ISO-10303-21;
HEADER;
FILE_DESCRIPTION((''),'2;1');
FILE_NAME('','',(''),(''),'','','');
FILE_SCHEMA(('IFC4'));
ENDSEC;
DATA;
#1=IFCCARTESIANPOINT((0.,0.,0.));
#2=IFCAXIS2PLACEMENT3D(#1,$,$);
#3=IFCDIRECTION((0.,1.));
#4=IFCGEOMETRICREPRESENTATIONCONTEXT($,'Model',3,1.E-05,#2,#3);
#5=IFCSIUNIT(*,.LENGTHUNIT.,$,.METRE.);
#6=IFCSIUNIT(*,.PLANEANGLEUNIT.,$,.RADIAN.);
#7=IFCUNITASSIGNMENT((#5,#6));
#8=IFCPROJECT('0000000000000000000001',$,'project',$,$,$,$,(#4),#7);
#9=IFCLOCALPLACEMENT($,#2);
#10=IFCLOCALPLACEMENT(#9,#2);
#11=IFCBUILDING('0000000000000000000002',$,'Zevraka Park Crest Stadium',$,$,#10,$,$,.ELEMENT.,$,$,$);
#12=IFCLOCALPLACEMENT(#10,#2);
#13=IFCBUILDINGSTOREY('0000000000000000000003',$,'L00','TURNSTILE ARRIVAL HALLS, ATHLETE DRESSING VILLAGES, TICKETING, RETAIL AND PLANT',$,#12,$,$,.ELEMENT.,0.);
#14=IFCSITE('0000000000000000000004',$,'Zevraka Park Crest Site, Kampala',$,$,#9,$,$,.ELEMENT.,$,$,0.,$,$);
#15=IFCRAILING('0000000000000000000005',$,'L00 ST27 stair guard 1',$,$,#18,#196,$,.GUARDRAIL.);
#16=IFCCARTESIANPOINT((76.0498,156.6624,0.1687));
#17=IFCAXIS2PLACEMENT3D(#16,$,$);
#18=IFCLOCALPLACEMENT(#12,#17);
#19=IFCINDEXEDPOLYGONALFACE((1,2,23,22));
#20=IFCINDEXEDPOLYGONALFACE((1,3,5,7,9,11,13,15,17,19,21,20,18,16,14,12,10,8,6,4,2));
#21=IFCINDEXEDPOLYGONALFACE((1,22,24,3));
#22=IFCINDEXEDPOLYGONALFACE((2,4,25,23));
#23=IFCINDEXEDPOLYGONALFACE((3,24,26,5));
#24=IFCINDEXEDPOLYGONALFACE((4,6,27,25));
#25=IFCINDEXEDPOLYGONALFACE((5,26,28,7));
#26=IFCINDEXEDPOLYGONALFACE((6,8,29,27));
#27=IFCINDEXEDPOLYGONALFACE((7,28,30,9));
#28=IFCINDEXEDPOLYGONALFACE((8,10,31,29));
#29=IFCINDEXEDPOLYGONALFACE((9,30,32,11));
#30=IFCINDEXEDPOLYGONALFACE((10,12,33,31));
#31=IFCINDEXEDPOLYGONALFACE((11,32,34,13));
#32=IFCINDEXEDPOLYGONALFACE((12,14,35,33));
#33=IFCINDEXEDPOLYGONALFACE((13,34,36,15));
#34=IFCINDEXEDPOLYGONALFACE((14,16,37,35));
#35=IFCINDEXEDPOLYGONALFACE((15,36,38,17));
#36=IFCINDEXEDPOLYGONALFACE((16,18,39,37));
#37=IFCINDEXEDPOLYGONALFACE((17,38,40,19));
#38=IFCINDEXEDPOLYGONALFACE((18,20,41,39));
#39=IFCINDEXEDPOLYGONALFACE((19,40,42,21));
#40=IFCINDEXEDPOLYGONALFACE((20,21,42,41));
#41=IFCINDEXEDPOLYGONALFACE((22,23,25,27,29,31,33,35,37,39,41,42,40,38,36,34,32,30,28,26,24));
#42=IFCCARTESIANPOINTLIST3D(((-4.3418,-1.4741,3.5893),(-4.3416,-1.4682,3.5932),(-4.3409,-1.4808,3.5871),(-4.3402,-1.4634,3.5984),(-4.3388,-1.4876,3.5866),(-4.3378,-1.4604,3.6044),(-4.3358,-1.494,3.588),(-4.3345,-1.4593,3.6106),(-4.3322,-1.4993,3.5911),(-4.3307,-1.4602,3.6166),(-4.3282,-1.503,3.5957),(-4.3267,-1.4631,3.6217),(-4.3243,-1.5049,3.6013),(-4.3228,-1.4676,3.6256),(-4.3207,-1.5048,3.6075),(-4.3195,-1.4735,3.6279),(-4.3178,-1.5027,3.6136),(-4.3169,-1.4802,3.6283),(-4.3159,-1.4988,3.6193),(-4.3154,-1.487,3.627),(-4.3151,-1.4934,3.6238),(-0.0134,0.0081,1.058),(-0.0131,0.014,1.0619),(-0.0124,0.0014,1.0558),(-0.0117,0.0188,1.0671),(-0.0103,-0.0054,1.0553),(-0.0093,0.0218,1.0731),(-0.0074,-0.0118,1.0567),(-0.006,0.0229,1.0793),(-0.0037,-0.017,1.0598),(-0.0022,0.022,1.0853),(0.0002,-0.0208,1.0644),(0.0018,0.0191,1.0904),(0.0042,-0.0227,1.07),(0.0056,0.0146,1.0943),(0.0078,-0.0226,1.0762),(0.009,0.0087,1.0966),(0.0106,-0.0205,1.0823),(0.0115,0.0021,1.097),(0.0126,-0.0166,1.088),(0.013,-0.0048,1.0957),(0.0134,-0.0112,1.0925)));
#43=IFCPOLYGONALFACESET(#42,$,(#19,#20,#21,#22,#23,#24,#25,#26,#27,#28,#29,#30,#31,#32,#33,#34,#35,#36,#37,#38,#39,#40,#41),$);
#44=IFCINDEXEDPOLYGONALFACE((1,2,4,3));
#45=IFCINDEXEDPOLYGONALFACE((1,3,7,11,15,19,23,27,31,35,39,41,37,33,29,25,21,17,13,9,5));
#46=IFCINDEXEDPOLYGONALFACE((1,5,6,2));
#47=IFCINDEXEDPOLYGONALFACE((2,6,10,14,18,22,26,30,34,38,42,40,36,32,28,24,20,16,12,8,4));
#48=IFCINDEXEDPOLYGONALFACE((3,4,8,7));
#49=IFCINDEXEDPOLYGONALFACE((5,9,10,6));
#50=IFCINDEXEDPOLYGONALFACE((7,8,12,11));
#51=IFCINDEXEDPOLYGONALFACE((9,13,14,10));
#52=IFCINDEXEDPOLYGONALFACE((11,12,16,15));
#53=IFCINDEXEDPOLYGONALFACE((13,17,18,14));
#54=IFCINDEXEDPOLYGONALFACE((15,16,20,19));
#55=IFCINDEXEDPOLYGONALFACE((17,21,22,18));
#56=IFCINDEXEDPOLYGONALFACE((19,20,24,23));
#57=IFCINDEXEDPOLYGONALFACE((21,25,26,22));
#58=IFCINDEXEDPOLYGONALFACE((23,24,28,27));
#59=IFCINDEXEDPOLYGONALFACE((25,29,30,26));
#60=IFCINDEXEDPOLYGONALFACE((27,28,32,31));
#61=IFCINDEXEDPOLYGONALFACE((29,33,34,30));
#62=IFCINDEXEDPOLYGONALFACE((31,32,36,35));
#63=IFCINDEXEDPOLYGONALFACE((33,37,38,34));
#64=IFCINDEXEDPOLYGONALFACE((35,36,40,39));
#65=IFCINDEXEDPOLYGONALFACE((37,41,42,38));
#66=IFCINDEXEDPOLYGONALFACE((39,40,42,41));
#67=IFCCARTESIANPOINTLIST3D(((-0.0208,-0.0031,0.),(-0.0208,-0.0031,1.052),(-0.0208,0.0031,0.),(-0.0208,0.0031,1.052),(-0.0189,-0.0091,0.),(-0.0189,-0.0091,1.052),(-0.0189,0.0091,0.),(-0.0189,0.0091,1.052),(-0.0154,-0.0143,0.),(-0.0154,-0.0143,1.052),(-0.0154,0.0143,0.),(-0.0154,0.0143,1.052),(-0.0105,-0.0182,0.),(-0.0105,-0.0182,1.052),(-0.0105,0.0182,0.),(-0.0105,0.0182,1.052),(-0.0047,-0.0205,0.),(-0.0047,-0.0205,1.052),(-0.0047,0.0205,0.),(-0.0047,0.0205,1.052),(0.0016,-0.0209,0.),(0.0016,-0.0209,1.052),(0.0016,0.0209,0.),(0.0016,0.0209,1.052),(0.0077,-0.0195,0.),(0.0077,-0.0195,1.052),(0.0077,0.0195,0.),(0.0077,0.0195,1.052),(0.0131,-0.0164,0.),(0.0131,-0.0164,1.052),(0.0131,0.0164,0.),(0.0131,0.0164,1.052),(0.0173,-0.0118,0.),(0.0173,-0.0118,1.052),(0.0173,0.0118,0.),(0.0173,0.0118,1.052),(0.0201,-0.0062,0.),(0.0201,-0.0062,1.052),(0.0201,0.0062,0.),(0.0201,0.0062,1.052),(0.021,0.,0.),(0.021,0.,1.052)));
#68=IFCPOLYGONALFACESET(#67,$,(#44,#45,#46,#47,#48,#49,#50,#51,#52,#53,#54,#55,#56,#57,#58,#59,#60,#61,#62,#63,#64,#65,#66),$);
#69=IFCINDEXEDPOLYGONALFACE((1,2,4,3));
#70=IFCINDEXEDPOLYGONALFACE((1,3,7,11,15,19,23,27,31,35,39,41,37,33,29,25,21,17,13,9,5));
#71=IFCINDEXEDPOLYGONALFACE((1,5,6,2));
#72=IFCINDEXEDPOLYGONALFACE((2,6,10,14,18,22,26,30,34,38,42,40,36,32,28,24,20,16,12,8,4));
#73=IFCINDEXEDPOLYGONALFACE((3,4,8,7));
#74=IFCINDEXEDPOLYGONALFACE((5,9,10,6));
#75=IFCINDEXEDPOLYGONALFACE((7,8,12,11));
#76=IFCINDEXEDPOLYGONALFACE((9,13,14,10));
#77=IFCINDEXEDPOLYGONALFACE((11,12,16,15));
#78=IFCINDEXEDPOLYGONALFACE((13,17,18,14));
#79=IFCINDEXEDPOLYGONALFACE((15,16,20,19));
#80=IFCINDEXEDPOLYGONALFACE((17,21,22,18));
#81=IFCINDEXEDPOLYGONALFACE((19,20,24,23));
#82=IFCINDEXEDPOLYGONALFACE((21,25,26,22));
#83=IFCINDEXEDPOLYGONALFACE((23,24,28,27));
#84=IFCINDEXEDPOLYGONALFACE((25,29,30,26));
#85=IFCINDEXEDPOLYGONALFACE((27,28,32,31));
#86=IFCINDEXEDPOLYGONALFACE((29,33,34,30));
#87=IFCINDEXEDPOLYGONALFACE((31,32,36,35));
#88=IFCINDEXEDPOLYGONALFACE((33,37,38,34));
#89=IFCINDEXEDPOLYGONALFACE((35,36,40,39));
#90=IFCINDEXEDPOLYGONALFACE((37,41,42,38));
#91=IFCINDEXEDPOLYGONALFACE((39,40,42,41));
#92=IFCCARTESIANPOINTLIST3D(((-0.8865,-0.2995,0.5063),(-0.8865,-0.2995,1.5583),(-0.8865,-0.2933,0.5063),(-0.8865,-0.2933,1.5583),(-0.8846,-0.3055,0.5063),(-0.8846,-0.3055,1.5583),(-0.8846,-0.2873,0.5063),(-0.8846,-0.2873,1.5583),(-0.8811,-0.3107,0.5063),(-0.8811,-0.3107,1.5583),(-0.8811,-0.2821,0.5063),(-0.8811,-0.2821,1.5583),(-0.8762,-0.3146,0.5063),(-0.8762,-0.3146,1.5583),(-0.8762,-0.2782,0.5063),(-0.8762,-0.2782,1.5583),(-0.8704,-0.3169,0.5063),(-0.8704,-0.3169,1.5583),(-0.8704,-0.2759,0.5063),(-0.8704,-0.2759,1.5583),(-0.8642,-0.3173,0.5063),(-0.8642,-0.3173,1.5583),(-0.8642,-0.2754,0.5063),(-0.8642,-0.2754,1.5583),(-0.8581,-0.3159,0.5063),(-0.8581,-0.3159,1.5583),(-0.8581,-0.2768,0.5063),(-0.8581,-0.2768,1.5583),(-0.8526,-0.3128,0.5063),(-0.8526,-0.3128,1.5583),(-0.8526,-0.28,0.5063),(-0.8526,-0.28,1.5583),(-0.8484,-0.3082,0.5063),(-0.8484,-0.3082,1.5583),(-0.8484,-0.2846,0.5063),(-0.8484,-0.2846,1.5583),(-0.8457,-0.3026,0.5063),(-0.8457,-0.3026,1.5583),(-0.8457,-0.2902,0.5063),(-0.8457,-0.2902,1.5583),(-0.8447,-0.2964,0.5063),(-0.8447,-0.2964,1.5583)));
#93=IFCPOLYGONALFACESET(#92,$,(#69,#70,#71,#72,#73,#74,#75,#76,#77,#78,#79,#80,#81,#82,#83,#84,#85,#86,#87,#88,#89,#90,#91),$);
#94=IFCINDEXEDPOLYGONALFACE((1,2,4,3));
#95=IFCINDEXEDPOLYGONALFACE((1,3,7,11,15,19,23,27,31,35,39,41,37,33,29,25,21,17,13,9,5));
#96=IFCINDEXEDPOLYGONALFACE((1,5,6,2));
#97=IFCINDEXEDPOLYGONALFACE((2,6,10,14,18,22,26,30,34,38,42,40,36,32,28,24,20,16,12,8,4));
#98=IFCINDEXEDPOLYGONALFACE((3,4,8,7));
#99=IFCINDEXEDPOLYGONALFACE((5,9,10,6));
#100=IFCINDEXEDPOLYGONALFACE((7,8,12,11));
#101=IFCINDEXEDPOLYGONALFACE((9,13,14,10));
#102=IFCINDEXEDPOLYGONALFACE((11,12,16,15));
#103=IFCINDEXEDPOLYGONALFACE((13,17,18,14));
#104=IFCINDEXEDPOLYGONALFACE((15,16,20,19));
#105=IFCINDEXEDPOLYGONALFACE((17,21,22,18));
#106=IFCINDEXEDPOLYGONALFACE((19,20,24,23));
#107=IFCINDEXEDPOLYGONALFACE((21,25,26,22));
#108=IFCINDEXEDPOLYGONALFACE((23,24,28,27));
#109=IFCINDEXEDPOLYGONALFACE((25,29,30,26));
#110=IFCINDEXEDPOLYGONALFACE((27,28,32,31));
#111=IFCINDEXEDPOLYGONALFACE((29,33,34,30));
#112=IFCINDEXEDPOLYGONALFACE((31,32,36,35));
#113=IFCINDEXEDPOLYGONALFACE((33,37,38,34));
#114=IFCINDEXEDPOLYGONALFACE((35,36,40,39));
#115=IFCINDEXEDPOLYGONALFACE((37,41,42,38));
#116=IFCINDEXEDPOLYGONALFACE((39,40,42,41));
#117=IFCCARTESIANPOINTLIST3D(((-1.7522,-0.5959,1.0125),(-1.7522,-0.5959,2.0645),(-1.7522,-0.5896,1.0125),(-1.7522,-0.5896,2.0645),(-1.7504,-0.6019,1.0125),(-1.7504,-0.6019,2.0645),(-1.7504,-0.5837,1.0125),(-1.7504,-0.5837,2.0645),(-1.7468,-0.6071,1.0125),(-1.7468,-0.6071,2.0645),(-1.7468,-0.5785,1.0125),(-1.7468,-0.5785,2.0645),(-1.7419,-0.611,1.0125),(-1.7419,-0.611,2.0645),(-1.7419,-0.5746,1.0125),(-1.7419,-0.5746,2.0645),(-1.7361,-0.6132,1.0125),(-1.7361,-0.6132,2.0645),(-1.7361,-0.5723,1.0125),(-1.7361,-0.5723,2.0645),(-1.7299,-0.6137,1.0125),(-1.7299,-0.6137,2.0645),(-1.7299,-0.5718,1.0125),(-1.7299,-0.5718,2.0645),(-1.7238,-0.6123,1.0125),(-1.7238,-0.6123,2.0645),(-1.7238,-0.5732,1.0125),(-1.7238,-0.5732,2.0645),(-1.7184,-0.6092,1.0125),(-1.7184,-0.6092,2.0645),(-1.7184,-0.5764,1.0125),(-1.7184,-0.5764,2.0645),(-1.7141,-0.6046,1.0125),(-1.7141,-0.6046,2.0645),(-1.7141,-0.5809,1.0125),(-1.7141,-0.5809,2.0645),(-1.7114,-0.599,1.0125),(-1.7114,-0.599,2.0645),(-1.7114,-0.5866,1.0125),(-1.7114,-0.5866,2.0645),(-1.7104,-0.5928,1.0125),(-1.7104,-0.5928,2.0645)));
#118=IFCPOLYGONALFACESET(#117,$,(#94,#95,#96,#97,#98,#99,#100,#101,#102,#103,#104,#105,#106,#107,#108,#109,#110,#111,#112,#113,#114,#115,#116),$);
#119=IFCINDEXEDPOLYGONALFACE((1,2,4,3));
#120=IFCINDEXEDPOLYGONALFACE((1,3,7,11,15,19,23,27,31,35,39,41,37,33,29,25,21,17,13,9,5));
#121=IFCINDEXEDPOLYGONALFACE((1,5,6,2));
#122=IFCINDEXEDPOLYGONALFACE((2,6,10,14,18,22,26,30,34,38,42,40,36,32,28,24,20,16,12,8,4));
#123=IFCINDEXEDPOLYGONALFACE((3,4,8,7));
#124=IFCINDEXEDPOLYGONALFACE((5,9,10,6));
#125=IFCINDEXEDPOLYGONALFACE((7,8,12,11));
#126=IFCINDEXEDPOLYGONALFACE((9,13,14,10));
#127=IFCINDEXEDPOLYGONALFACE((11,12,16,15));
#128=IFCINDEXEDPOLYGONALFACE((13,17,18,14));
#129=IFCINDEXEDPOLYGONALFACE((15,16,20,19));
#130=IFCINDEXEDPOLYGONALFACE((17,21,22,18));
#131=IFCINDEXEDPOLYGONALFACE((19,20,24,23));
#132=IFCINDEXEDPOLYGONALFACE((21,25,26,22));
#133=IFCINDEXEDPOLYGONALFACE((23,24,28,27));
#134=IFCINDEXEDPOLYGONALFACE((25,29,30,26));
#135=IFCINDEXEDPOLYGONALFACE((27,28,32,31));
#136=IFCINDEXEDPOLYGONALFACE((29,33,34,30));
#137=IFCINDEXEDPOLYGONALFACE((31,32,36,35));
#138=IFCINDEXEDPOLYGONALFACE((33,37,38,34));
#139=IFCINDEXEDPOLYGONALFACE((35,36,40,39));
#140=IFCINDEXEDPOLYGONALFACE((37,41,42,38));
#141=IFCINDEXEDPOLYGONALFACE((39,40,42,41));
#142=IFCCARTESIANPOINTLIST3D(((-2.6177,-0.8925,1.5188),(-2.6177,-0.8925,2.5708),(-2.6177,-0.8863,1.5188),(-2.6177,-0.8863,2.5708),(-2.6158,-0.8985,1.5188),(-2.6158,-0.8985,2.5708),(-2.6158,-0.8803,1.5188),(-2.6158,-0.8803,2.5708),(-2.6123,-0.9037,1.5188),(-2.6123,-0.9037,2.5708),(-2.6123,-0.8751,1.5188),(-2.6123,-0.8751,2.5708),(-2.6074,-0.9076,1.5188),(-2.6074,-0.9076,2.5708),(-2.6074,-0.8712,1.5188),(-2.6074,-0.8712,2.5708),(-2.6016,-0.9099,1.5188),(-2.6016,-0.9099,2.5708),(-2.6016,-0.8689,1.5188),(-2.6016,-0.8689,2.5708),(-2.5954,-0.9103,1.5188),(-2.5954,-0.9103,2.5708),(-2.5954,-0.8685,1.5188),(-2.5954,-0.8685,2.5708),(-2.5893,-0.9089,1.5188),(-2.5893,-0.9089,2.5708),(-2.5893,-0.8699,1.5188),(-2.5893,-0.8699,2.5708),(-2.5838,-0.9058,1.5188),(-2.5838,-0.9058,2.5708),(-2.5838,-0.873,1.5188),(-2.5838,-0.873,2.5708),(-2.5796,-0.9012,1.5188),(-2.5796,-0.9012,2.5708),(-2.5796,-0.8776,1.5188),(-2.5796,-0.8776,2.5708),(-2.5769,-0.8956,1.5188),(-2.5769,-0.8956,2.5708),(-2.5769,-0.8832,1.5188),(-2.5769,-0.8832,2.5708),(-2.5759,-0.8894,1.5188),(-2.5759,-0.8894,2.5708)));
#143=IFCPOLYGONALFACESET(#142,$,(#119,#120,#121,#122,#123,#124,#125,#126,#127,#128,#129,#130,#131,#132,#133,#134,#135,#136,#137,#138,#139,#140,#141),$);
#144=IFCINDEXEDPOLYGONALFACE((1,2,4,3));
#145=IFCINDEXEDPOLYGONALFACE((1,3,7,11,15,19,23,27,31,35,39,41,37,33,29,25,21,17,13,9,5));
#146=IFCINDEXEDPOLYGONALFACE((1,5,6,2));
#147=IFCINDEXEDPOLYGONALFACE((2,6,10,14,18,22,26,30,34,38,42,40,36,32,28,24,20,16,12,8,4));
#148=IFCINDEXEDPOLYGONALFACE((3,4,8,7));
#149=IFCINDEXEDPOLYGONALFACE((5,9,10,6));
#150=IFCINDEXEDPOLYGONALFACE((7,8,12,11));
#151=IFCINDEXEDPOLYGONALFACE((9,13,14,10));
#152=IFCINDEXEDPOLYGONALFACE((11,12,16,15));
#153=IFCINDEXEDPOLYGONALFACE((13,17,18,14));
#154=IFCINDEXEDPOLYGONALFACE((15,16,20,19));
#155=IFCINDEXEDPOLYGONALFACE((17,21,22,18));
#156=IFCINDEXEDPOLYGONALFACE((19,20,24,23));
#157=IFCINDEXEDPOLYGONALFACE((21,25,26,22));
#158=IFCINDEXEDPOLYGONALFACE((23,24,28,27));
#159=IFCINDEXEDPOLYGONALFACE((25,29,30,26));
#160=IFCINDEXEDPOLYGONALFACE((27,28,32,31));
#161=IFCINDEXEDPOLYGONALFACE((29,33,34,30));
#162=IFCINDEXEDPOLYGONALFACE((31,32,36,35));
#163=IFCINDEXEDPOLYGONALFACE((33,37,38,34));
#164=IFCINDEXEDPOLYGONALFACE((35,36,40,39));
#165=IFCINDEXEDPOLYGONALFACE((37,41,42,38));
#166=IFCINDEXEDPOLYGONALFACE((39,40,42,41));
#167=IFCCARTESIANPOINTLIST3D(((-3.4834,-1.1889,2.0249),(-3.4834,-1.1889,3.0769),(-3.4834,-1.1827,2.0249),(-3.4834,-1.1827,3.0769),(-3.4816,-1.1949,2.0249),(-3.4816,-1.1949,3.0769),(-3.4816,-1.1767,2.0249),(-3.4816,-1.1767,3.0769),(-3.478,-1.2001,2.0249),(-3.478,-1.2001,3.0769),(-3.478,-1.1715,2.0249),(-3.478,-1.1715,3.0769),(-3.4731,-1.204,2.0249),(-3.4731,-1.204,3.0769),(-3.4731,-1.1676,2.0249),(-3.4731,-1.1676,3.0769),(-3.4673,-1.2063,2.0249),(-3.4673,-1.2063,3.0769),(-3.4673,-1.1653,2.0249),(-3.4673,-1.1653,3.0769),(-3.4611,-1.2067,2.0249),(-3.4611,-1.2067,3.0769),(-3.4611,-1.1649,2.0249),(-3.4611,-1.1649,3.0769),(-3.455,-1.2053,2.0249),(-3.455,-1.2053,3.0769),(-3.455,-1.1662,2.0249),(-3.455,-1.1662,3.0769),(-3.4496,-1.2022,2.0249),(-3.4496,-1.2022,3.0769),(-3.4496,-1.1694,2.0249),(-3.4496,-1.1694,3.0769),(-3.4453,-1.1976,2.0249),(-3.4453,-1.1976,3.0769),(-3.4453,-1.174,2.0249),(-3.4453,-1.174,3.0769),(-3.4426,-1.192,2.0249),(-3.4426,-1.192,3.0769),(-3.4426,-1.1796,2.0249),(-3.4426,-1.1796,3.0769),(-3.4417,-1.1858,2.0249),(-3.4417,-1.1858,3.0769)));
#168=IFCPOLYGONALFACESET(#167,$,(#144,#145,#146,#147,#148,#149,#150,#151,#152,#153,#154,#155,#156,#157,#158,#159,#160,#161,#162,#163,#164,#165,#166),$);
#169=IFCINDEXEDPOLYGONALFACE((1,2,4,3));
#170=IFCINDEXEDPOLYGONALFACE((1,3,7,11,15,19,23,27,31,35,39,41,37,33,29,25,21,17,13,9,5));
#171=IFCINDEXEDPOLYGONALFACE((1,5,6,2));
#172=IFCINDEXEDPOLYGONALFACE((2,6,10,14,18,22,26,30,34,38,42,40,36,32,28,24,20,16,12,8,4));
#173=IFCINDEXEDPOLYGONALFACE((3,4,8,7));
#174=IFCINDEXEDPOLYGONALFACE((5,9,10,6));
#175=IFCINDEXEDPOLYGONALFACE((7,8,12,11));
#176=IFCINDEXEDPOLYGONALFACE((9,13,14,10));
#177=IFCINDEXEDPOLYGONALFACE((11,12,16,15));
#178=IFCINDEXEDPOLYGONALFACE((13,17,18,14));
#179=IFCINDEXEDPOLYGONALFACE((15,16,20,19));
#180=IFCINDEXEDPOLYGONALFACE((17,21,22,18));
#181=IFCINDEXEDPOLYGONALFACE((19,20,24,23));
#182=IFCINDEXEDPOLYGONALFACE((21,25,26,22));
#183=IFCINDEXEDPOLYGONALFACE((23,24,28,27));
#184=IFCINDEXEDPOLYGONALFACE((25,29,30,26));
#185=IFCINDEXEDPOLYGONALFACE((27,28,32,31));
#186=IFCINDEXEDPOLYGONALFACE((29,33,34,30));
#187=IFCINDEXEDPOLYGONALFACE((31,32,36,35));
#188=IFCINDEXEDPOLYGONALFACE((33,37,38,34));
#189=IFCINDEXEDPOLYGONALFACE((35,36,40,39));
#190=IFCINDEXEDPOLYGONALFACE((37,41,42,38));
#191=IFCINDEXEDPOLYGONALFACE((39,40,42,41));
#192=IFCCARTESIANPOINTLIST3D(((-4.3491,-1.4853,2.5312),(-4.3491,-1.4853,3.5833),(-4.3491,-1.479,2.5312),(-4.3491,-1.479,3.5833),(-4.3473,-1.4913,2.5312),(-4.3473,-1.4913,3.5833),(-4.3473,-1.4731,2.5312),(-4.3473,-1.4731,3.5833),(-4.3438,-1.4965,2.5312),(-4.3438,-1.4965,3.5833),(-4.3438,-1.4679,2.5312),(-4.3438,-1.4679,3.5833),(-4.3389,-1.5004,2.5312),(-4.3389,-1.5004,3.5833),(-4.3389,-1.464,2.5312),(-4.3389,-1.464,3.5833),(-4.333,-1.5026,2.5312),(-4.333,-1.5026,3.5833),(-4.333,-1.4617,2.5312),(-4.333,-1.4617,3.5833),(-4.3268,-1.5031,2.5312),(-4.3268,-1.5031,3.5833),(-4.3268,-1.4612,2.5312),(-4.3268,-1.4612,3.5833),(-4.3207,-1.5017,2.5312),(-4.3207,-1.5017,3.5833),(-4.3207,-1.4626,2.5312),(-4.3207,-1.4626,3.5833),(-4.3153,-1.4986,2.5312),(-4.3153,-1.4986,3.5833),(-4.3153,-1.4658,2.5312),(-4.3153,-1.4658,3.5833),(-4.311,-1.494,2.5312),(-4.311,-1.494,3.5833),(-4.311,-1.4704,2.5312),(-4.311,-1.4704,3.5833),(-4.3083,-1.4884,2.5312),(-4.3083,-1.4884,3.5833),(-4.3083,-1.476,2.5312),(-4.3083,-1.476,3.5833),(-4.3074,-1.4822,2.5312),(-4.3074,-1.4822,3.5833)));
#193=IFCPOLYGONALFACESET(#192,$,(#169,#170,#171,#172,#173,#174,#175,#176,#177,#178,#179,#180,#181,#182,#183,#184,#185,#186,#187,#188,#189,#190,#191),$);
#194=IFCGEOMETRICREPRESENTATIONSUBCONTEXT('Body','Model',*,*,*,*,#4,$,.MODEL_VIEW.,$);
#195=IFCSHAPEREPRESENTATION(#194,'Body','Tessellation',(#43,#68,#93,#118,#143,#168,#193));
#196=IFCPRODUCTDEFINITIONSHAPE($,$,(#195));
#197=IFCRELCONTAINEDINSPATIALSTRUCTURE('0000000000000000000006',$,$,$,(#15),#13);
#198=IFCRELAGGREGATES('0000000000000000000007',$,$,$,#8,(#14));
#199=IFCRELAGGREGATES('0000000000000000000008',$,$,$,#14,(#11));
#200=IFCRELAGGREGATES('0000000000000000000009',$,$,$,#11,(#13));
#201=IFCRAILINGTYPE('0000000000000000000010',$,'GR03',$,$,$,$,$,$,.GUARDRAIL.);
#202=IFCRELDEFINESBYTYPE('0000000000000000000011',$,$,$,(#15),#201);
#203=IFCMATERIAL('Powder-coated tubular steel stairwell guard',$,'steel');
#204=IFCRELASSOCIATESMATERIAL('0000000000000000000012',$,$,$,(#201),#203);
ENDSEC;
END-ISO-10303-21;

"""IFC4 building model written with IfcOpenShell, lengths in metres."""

from ifc_helpers import new_model, si_unit, direction, frame, origin, origin_2d, place, context, subcontext, project, spatial, circle, extrude, material, type_object, element, save


model = new_model("IFC4")

# Units and contexts
model_context = context("Model", 3, precision=1e-05, world=origin(), true_north=direction((0.0, 1.0)))
body_context = subcontext(model_context, "Body", "Model", "MODEL_VIEW")
ifc_project = project(units=[si_unit("LENGTHUNIT", "METRE"), si_unit("PLANEANGLEUNIT", "RADIAN")], contexts=[model_context])

# Site, building, storey
site_placement = place(None, origin())
site = spatial("IfcSite", under=ifc_project, at=site_placement, Name="Zevraka Park Crest Site, Kampala", CompositionType="ELEMENT", RefElevation=0.0)
building_placement = place(site_placement, origin())
building = spatial("IfcBuilding", under=site, at=building_placement, Name="Zevraka Park Crest Stadium", CompositionType="ELEMENT")
storey_placement = place(building_placement, origin())
storey = spatial("IfcBuildingStorey", under=building, at=storey_placement, Name="L00", Description="TURNSTILE ARRIVAL HALLS, ATHLETE DRESSING VILLAGES, TICKETING, RETAIL AND PLANT", CompositionType="ELEMENT", Elevation=0.0)

# Railing
ifc_material_1 = material(Name="Powder-coated tubular steel stairwell guard", Category="steel")
railing_type_1 = type_object("IfcRailingType", Name="GR03", PredefinedType="GUARDRAIL", material=ifc_material_1)
railing_1_placement = place(storey_placement, frame((76.0498, 156.6624, 0.1687)))
element("IfcRailing", 1, at=railing_1_placement, inside=storey, type_object=railing_type_1, Name="L00 ST27 stair guard 1", PredefinedType="GUARDRAIL", context=body_context, shape_type="SweptSolid", body=[
    extrude(circle(Radius=0.0239, at=origin_2d()), frame((0.0, 0.0, 1.0762), z_axis=(-0.827817, -0.283472, 0.484111), x_axis=(0.323965, -0.946069, 0.0)), (0.0, 0.0, 1.0), 5.2288),
    extrude(circle(Radius=0.021, at=origin_2d()), origin(), (0.0, 0.0, 1.0), 1.052),
    extrude(circle(Radius=0.021, at=origin_2d()), frame((-0.8657, -0.2964, 0.5063)), (0.0, 0.0, 1.0), 1.052),
    extrude(circle(Radius=0.021, at=origin_2d()), frame((-1.7314, -0.5928, 1.0125)), (0.0, 0.0, 1.0), 1.052),
    extrude(circle(Radius=0.021, at=origin_2d()), frame((-2.5969, -0.8894, 1.5188)), (0.0, 0.0, 1.0), 1.052),
    extrude(circle(Radius=0.021, at=origin_2d()), frame((-3.4626, -1.1858, 2.0249)), (0.0, 0.0, 1.0), 1.052),
    extrude(circle(Radius=0.021, at=origin_2d()), frame((-4.3284, -1.4822, 2.5312)), (0.0, 0.0, 1.0), 1.052),
])

save(model, "model.ifc")
